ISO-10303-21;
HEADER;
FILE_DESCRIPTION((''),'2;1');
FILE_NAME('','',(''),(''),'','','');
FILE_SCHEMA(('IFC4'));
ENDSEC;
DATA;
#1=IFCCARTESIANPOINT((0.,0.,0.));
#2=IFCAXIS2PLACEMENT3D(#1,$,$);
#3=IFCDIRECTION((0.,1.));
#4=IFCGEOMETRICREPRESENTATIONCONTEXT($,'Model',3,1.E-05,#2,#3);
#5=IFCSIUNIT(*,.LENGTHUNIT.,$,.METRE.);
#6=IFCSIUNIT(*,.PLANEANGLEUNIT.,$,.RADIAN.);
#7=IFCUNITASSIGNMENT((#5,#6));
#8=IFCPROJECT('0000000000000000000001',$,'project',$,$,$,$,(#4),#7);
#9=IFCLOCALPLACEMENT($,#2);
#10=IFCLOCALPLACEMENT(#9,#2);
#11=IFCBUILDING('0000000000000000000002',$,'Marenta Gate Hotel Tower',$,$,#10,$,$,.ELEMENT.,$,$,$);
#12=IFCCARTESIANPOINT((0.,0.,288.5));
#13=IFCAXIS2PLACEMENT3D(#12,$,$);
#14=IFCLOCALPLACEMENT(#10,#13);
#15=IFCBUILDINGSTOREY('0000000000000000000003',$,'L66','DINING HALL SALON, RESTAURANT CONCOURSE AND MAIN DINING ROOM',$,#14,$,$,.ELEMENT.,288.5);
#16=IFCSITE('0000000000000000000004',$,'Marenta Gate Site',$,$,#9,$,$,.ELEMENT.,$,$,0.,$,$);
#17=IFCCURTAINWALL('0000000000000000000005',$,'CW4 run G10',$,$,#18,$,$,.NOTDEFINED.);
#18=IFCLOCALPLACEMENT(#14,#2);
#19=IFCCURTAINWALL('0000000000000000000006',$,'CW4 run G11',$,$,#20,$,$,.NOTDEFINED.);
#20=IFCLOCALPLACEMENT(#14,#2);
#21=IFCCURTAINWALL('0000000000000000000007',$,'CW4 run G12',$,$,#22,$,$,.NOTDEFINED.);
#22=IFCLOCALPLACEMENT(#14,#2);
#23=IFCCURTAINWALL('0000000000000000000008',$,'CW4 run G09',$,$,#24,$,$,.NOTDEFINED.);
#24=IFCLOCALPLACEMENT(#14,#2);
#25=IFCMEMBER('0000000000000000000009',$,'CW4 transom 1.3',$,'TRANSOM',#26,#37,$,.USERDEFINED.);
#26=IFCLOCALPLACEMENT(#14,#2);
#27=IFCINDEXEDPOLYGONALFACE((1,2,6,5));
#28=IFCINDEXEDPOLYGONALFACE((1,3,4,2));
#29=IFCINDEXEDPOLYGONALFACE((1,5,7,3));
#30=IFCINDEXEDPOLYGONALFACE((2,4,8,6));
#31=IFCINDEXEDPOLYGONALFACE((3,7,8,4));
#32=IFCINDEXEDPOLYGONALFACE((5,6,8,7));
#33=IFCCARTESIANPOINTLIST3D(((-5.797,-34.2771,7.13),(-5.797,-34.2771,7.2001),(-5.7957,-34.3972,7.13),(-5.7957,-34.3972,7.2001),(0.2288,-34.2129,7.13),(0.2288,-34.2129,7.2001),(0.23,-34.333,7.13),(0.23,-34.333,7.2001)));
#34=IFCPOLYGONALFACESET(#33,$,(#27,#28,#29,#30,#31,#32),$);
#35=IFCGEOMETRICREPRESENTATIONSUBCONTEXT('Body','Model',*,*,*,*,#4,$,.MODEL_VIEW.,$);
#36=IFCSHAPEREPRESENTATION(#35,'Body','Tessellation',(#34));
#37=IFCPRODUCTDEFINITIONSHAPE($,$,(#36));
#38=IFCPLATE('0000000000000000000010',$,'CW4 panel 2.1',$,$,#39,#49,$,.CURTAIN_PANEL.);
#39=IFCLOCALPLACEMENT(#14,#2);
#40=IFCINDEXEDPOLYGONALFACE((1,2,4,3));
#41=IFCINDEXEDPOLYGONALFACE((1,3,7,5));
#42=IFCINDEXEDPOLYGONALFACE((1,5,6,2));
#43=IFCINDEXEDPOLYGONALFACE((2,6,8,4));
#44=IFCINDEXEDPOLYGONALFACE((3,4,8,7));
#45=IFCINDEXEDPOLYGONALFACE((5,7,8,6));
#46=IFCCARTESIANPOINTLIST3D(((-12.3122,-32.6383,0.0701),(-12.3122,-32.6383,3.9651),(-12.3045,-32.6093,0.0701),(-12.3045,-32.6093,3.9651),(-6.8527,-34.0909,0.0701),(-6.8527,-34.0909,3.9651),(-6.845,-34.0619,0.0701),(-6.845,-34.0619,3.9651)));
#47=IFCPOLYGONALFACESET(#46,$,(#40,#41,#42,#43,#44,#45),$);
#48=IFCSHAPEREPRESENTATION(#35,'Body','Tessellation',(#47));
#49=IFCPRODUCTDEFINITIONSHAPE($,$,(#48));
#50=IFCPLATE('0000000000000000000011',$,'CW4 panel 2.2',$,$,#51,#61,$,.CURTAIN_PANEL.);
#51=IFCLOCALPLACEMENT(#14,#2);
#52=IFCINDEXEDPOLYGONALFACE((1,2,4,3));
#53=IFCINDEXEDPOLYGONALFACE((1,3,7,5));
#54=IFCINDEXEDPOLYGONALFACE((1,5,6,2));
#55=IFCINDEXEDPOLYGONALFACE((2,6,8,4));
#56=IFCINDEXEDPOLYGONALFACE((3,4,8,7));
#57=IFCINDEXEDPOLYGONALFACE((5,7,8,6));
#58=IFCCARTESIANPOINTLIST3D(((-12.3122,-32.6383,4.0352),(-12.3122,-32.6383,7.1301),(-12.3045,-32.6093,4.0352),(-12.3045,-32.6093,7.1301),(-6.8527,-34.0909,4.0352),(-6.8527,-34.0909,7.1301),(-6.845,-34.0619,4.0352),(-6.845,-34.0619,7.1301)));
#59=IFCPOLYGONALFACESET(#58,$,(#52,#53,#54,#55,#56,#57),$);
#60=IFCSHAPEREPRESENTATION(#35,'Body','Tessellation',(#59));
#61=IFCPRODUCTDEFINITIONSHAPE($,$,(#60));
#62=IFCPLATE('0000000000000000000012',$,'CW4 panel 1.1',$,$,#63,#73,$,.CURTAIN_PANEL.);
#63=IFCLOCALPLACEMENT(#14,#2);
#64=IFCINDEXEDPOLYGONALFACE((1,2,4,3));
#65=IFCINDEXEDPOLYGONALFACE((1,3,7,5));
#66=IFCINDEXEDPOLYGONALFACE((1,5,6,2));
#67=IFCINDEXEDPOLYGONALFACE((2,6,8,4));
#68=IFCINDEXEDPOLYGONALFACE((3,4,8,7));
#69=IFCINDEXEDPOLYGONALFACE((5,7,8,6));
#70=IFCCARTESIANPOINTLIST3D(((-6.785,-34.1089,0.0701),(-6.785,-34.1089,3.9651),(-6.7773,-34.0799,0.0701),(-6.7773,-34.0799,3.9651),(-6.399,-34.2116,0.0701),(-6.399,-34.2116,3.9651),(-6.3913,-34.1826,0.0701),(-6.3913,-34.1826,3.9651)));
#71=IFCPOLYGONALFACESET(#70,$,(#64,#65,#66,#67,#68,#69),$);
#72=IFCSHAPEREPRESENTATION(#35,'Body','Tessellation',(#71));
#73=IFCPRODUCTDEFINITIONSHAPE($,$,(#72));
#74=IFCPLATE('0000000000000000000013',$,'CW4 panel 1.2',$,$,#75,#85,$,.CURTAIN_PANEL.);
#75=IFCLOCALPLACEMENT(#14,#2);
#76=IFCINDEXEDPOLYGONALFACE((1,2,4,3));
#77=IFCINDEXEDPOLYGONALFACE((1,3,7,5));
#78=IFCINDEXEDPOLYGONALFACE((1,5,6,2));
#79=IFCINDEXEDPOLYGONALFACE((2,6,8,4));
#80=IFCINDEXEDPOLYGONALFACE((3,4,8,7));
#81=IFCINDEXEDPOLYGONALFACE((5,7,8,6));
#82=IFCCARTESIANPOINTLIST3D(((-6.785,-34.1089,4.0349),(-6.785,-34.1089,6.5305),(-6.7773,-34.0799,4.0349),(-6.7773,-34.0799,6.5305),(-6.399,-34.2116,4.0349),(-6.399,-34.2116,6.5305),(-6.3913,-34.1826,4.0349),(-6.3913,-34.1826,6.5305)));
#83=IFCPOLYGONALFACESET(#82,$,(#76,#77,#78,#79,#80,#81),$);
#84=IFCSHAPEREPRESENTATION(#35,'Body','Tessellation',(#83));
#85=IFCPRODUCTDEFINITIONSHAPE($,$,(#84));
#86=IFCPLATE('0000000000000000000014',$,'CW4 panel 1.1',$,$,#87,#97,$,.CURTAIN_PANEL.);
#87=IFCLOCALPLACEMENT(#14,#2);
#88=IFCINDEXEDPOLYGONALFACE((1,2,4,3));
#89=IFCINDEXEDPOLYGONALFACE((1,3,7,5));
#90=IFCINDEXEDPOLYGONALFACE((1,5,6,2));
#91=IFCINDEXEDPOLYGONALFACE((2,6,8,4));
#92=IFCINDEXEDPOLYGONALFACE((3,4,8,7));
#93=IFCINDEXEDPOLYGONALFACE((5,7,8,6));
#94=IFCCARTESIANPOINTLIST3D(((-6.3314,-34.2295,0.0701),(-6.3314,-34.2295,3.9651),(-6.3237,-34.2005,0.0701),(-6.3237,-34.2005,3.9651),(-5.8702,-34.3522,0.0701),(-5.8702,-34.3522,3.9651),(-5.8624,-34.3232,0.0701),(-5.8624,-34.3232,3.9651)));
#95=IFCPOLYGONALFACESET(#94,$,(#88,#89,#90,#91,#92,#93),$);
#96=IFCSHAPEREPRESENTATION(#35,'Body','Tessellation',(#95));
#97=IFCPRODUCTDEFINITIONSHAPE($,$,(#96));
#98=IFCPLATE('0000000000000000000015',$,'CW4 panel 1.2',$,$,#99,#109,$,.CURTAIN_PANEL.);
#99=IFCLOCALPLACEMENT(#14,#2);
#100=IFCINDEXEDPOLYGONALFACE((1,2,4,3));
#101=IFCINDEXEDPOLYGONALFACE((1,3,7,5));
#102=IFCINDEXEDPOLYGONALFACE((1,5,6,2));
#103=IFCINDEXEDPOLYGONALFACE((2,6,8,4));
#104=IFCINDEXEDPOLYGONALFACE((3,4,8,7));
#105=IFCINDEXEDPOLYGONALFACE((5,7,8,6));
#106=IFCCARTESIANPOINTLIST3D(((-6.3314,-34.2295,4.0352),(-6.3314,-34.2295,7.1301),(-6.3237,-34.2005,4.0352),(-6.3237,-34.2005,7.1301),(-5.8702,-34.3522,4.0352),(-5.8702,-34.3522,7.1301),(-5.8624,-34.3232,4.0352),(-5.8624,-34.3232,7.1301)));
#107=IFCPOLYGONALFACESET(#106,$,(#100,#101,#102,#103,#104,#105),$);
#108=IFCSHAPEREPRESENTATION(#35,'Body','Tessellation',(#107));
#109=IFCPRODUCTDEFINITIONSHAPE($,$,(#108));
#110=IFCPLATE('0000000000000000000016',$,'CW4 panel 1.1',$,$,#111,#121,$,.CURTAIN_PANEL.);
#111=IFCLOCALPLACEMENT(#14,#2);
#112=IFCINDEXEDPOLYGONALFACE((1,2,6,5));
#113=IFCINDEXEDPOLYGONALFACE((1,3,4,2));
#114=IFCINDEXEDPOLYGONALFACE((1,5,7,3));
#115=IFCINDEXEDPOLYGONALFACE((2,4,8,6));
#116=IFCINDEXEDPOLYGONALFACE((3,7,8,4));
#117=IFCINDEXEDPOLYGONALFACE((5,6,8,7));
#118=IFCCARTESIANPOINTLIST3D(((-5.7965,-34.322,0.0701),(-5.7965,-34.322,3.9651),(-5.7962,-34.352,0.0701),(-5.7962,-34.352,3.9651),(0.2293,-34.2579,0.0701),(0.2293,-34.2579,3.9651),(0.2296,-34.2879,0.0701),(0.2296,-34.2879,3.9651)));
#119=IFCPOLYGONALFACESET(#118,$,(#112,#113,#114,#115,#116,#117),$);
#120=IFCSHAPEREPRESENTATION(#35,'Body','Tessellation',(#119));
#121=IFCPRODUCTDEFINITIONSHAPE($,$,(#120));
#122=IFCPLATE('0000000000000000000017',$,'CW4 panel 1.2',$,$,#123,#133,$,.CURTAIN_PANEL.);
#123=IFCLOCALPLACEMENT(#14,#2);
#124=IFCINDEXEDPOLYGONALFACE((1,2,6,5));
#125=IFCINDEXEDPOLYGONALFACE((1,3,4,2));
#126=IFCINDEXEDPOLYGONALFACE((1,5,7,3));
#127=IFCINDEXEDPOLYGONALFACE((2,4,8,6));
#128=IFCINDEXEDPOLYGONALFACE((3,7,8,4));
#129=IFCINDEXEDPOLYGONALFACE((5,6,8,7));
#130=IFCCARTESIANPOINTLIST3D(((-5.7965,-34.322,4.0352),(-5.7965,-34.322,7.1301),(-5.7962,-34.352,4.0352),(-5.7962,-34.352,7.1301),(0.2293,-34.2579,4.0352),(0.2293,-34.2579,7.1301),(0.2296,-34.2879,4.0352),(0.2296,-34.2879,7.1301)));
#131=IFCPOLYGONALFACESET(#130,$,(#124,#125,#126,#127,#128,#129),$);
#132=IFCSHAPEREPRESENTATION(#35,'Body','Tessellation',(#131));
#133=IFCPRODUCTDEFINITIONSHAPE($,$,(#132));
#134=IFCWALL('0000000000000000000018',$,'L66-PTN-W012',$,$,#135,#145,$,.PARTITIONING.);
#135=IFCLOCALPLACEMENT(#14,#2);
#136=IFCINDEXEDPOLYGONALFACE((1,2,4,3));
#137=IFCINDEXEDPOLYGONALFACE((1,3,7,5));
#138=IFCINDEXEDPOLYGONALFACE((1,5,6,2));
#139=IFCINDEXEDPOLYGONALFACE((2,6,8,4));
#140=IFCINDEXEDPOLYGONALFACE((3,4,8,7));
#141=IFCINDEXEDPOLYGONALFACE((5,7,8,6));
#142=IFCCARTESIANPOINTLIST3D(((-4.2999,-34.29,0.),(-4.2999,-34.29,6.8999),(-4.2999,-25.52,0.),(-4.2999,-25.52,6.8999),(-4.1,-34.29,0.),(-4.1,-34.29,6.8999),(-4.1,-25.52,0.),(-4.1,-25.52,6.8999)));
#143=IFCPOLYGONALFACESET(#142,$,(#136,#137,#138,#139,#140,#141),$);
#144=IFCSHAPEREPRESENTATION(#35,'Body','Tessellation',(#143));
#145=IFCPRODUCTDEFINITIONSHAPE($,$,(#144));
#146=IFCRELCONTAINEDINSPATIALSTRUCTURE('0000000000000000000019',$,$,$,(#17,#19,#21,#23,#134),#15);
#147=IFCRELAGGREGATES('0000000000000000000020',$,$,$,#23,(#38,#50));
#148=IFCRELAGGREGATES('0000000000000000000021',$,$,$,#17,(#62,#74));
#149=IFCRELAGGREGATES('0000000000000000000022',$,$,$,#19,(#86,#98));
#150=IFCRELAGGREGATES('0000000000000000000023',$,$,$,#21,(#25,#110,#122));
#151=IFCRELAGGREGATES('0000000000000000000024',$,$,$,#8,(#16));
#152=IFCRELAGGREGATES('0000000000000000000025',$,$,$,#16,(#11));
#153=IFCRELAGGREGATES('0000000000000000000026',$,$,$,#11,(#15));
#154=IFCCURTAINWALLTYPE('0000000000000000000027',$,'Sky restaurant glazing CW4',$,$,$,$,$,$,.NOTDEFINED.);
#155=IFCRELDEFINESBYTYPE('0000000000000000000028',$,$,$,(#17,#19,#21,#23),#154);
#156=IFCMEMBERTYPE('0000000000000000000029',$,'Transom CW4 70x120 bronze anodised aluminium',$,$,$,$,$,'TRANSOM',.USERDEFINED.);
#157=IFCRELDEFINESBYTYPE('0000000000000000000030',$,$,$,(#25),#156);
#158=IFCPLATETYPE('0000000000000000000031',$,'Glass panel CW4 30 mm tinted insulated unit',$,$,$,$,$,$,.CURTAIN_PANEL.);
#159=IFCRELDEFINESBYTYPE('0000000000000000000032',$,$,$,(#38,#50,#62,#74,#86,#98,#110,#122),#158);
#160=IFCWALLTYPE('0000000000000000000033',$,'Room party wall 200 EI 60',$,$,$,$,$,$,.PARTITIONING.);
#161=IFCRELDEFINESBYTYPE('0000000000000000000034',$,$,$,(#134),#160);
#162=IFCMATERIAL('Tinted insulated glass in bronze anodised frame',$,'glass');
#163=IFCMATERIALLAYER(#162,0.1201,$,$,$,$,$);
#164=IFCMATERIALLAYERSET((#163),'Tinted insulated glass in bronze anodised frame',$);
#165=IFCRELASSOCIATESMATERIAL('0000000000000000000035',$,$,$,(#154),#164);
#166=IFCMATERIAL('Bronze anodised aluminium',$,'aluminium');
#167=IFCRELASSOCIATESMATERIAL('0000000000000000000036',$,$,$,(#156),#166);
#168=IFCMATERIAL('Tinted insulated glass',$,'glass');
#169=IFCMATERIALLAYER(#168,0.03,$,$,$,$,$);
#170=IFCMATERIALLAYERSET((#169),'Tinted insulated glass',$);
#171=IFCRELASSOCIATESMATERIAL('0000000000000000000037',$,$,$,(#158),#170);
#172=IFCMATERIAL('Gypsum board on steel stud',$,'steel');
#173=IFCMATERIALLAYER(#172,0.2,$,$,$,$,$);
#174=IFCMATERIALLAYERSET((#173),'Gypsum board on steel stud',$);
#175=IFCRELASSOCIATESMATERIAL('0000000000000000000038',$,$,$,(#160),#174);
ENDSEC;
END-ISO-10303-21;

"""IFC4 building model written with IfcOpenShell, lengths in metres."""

from ifc_helpers import new_model, si_unit, direction, frame, frame_2d, origin, origin_2d, place, context, subcontext, project, spatial, rectangle, extrude, material, layer, layer_set, material_profile, profile_set, type_object, element, aggregate, save


model = new_model("IFC4")

# Units and contexts
model_context = context("Model", 3, precision=1e-05, world=origin(), true_north=direction((0.0, 1.0)))
body_context = subcontext(model_context, "Body", "Model", "MODEL_VIEW")
ifc_project = project(units=[si_unit("LENGTHUNIT", "METRE"), si_unit("PLANEANGLEUNIT", "RADIAN")], contexts=[model_context])

# Site, building, storey
site_placement = place(None, origin())
site = spatial("IfcSite", under=ifc_project, at=site_placement, Name="Marenta Gate Site", CompositionType="ELEMENT", RefElevation=0.0)
building_placement = place(site_placement, origin())
building = spatial("IfcBuilding", under=site, at=building_placement, Name="Marenta Gate Hotel Tower", CompositionType="ELEMENT")
storey_placement = place(building_placement, frame((0.0, 0.0, 288.5)))
storey = spatial("IfcBuildingStorey", under=building, at=storey_placement, Name="L66", Description="DINING HALL SALON, RESTAURANT CONCOURSE AND MAIN DINING ROOM", CompositionType="ELEMENT", Elevation=288.5)

# Curtain walls
ifc_material_1 = material(Name="Tinted insulated glass in bronze anodised frame", Category="glass")
ifc_layer_1 = layer(ifc_material_1, 0.1201)
ifc_layer_set_1 = layer_set([ifc_layer_1], Name="Tinted insulated glass in bronze anodised frame")
curtain_wall_type = type_object("IfcCurtainWallType", Name="Sky restaurant glazing CW4", PredefinedType="NOTDEFINED", material=ifc_layer_set_1)
curtain_wall_1_placement = place(storey_placement, origin())
curtain_wall_1 = element("IfcCurtainWall", 1, at=curtain_wall_1_placement, inside=storey, type_object=curtain_wall_type, Name="CW4 run G10", PredefinedType="NOTDEFINED")
curtain_wall_2_placement = place(storey_placement, origin())
curtain_wall_2 = element("IfcCurtainWall", 2, at=curtain_wall_2_placement, inside=storey, type_object=curtain_wall_type, Name="CW4 run G11", PredefinedType="NOTDEFINED")
curtain_wall_3_placement = place(storey_placement, origin())
curtain_wall_3 = element("IfcCurtainWall", 3, at=curtain_wall_3_placement, inside=storey, type_object=curtain_wall_type, Name="CW4 run G12", PredefinedType="NOTDEFINED")

# Curtain wall
curtain_wall_4_placement = place(storey_placement, origin())
curtain_wall_4 = element("IfcCurtainWall", 4, at=curtain_wall_4_placement, inside=storey, type_object=curtain_wall_type, Name="CW4 run G09", PredefinedType="NOTDEFINED")
ifc_material_2 = material(Name="Bronze anodised aluminium", Category="aluminium")
ifc_material_profile_1 = material_profile(ifc_material_2, rectangle(XDim=0.1201, YDim=0.0701, at=origin_2d()), Name="Transom CW4 70x120 bronze anodised aluminium")
ifc_profile_set_1 = profile_set([ifc_material_profile_1], Name="Bronze anodised aluminium")
member_type_1 = type_object("IfcMemberType", Name="Transom CW4 70x120 bronze anodised aluminium", ElementType="TRANSOM", PredefinedType="USERDEFINED", material=ifc_profile_set_1)

# Member
member_1_placement = place(storey_placement, frame((-5.7964, -34.3372, 7.165), z_axis=(0.999943, 0.010655, 0.0), x_axis=(-0.010655, 0.999943, 0.0)))
member_1 = element("IfcMember", 5, at=member_1_placement, type_object=member_type_1, Name="CW4 transom 1.3", ObjectType="TRANSOM", PredefinedType="USERDEFINED", context=body_context, shape_type="SweptSolid", body=[
    extrude(rectangle(XDim=0.1201, YDim=0.0701, at=origin_2d()), origin(), (0.0, 0.0, 1.0), 6.0261),
])

# Plates
ifc_material_3 = material(Name="Tinted insulated glass", Category="glass")
ifc_layer_2 = layer(ifc_material_3, 0.03)
ifc_layer_set_2 = layer_set([ifc_layer_2], Name="Tinted insulated glass")
plate_type = type_object("IfcPlateType", Name="Glass panel CW4 30 mm tinted insulated unit", PredefinedType="CURTAIN_PANEL", material=ifc_layer_set_2)
plate_1_placement = place(storey_placement, frame((-9.5786, -33.3501, 0.0701), z_axis=(0.0, 0.0, 1.0), x_axis=(0.966375, -0.257136, 0.0)))
plate_1 = element("IfcPlate", 6, at=plate_1_placement, type_object=plate_type, Name="CW4 panel 2.1", PredefinedType="CURTAIN_PANEL", context=body_context, shape_type="SweptSolid", body=[
    extrude(rectangle(XDim=5.6494, YDim=0.03, at=origin_2d()), origin(), (0.0, 0.0, 1.0), 3.895),
])
plate_2_placement = place(storey_placement, frame((-9.5786, -33.3501, 4.0352), z_axis=(0.0, 0.0, 1.0), x_axis=(0.966375, -0.257136, 0.0)))
plate_2 = element("IfcPlate", 7, at=plate_2_placement, type_object=plate_type, Name="CW4 panel 2.2", PredefinedType="CURTAIN_PANEL", context=body_context, shape_type="SweptSolid", body=[
    extrude(rectangle(XDim=5.6494, YDim=0.03, at=origin_2d()), origin(), (0.0, 0.0, 1.0), 3.095),
])
aggregate(curtain_wall_4, [plate_1, plate_2])
plate_3_placement = place(storey_placement, frame((-6.5881, -34.1458, 0.0701), z_axis=(0.0, 0.0, 1.0), x_axis=(0.966387, -0.257093, 0.0)))
plate_3 = element("IfcPlate", 8, at=plate_3_placement, type_object=plate_type, Name="CW4 panel 1.1", PredefinedType="CURTAIN_PANEL", context=body_context, shape_type="SweptSolid", body=[
    extrude(rectangle(XDim=0.3994, YDim=0.03, at=origin_2d()), origin(), (0.0, 0.0, 1.0), 3.895),
])
plate_4_placement = place(storey_placement, frame((-6.5881, -34.1458, 4.0349), z_axis=(0.0, 0.0, 1.0), x_axis=(0.966387, -0.257093, 0.0)))
plate_4 = element("IfcPlate", 9, at=plate_4_placement, type_object=plate_type, Name="CW4 panel 1.2", PredefinedType="CURTAIN_PANEL", context=body_context, shape_type="SweptSolid", body=[
    extrude(rectangle(XDim=0.3994, YDim=0.03, at=origin_2d()), origin(), (0.0, 0.0, 1.0), 2.4956),
])
aggregate(curtain_wall_1, [plate_3, plate_4])
plate_5_placement = place(storey_placement, frame((-6.0969, -34.2764, 0.0701), z_axis=(0.0, 0.0, 1.0), x_axis=(0.966389, -0.257083, 0.0)))
plate_5 = element("IfcPlate", 10, at=plate_5_placement, type_object=plate_type, Name="CW4 panel 1.1", PredefinedType="CURTAIN_PANEL", context=body_context, shape_type="SweptSolid", body=[
    extrude(rectangle(XDim=0.4773, YDim=0.03, at=origin_2d()), origin(), (0.0, 0.0, 1.0), 3.895),
])
plate_6_placement = place(storey_placement, frame((-6.0969, -34.2764, 4.0352), z_axis=(0.0, 0.0, 1.0), x_axis=(0.966389, -0.257083, 0.0)))
plate_6 = element("IfcPlate", 11, at=plate_6_placement, type_object=plate_type, Name="CW4 panel 1.2", PredefinedType="CURTAIN_PANEL", context=body_context, shape_type="SweptSolid", body=[
    extrude(rectangle(XDim=0.4773, YDim=0.03, at=origin_2d()), origin(), (0.0, 0.0, 1.0), 3.095),
])
aggregate(curtain_wall_2, [plate_5, plate_6])
plate_7_placement = place(storey_placement, frame((-2.7834, -34.3049, 0.0701), z_axis=(0.0, 0.0, 1.0), x_axis=(0.999943, 0.010634, 0.0)))
plate_7 = element("IfcPlate", 12, at=plate_7_placement, type_object=plate_type, Name="CW4 panel 1.1", PredefinedType="CURTAIN_PANEL", context=body_context, shape_type="SweptSolid", body=[
    extrude(rectangle(XDim=6.0261, YDim=0.03, at=origin_2d()), origin(), (0.0, 0.0, 1.0), 3.895),
])
plate_8_placement = place(storey_placement, frame((-2.7834, -34.3049, 4.0352), z_axis=(0.0, 0.0, 1.0), x_axis=(0.999943, 0.010634, 0.0)))
plate_8 = element("IfcPlate", 13, at=plate_8_placement, type_object=plate_type, Name="CW4 panel 1.2", PredefinedType="CURTAIN_PANEL", context=body_context, shape_type="SweptSolid", body=[
    extrude(rectangle(XDim=6.0261, YDim=0.03, at=origin_2d()), origin(), (0.0, 0.0, 1.0), 3.095),
])
aggregate(curtain_wall_3, [member_1, plate_7, plate_8])

# Wall
ifc_material_4 = material(Name="Gypsum board on steel stud", Category="steel")
ifc_layer_3 = layer(ifc_material_4, 0.2)
ifc_layer_set_3 = layer_set([ifc_layer_3], Name="Gypsum board on steel stud")
wall_type = type_object("IfcWallType", Name="Room party wall 200 EI 60", PredefinedType="PARTITIONING", material=ifc_layer_set_3)
wall_placement = place(storey_placement, frame((-4.2, -34.29, 0.0), z_axis=(0.0, 0.0, 1.0), x_axis=(0.0, 1.0, 0.0)))
element("IfcWall", 14, at=wall_placement, inside=storey, type_object=wall_type, Name="L66-PTN-W012", PredefinedType="PARTITIONING", context=body_context, shape_type="SweptSolid", body=[
    extrude(rectangle(XDim=8.77, YDim=0.2, at=frame_2d((4.385, 0.0))), origin(), (0.0, 0.0, 1.0), 6.8999),
])

save(model, "model.ifc")
